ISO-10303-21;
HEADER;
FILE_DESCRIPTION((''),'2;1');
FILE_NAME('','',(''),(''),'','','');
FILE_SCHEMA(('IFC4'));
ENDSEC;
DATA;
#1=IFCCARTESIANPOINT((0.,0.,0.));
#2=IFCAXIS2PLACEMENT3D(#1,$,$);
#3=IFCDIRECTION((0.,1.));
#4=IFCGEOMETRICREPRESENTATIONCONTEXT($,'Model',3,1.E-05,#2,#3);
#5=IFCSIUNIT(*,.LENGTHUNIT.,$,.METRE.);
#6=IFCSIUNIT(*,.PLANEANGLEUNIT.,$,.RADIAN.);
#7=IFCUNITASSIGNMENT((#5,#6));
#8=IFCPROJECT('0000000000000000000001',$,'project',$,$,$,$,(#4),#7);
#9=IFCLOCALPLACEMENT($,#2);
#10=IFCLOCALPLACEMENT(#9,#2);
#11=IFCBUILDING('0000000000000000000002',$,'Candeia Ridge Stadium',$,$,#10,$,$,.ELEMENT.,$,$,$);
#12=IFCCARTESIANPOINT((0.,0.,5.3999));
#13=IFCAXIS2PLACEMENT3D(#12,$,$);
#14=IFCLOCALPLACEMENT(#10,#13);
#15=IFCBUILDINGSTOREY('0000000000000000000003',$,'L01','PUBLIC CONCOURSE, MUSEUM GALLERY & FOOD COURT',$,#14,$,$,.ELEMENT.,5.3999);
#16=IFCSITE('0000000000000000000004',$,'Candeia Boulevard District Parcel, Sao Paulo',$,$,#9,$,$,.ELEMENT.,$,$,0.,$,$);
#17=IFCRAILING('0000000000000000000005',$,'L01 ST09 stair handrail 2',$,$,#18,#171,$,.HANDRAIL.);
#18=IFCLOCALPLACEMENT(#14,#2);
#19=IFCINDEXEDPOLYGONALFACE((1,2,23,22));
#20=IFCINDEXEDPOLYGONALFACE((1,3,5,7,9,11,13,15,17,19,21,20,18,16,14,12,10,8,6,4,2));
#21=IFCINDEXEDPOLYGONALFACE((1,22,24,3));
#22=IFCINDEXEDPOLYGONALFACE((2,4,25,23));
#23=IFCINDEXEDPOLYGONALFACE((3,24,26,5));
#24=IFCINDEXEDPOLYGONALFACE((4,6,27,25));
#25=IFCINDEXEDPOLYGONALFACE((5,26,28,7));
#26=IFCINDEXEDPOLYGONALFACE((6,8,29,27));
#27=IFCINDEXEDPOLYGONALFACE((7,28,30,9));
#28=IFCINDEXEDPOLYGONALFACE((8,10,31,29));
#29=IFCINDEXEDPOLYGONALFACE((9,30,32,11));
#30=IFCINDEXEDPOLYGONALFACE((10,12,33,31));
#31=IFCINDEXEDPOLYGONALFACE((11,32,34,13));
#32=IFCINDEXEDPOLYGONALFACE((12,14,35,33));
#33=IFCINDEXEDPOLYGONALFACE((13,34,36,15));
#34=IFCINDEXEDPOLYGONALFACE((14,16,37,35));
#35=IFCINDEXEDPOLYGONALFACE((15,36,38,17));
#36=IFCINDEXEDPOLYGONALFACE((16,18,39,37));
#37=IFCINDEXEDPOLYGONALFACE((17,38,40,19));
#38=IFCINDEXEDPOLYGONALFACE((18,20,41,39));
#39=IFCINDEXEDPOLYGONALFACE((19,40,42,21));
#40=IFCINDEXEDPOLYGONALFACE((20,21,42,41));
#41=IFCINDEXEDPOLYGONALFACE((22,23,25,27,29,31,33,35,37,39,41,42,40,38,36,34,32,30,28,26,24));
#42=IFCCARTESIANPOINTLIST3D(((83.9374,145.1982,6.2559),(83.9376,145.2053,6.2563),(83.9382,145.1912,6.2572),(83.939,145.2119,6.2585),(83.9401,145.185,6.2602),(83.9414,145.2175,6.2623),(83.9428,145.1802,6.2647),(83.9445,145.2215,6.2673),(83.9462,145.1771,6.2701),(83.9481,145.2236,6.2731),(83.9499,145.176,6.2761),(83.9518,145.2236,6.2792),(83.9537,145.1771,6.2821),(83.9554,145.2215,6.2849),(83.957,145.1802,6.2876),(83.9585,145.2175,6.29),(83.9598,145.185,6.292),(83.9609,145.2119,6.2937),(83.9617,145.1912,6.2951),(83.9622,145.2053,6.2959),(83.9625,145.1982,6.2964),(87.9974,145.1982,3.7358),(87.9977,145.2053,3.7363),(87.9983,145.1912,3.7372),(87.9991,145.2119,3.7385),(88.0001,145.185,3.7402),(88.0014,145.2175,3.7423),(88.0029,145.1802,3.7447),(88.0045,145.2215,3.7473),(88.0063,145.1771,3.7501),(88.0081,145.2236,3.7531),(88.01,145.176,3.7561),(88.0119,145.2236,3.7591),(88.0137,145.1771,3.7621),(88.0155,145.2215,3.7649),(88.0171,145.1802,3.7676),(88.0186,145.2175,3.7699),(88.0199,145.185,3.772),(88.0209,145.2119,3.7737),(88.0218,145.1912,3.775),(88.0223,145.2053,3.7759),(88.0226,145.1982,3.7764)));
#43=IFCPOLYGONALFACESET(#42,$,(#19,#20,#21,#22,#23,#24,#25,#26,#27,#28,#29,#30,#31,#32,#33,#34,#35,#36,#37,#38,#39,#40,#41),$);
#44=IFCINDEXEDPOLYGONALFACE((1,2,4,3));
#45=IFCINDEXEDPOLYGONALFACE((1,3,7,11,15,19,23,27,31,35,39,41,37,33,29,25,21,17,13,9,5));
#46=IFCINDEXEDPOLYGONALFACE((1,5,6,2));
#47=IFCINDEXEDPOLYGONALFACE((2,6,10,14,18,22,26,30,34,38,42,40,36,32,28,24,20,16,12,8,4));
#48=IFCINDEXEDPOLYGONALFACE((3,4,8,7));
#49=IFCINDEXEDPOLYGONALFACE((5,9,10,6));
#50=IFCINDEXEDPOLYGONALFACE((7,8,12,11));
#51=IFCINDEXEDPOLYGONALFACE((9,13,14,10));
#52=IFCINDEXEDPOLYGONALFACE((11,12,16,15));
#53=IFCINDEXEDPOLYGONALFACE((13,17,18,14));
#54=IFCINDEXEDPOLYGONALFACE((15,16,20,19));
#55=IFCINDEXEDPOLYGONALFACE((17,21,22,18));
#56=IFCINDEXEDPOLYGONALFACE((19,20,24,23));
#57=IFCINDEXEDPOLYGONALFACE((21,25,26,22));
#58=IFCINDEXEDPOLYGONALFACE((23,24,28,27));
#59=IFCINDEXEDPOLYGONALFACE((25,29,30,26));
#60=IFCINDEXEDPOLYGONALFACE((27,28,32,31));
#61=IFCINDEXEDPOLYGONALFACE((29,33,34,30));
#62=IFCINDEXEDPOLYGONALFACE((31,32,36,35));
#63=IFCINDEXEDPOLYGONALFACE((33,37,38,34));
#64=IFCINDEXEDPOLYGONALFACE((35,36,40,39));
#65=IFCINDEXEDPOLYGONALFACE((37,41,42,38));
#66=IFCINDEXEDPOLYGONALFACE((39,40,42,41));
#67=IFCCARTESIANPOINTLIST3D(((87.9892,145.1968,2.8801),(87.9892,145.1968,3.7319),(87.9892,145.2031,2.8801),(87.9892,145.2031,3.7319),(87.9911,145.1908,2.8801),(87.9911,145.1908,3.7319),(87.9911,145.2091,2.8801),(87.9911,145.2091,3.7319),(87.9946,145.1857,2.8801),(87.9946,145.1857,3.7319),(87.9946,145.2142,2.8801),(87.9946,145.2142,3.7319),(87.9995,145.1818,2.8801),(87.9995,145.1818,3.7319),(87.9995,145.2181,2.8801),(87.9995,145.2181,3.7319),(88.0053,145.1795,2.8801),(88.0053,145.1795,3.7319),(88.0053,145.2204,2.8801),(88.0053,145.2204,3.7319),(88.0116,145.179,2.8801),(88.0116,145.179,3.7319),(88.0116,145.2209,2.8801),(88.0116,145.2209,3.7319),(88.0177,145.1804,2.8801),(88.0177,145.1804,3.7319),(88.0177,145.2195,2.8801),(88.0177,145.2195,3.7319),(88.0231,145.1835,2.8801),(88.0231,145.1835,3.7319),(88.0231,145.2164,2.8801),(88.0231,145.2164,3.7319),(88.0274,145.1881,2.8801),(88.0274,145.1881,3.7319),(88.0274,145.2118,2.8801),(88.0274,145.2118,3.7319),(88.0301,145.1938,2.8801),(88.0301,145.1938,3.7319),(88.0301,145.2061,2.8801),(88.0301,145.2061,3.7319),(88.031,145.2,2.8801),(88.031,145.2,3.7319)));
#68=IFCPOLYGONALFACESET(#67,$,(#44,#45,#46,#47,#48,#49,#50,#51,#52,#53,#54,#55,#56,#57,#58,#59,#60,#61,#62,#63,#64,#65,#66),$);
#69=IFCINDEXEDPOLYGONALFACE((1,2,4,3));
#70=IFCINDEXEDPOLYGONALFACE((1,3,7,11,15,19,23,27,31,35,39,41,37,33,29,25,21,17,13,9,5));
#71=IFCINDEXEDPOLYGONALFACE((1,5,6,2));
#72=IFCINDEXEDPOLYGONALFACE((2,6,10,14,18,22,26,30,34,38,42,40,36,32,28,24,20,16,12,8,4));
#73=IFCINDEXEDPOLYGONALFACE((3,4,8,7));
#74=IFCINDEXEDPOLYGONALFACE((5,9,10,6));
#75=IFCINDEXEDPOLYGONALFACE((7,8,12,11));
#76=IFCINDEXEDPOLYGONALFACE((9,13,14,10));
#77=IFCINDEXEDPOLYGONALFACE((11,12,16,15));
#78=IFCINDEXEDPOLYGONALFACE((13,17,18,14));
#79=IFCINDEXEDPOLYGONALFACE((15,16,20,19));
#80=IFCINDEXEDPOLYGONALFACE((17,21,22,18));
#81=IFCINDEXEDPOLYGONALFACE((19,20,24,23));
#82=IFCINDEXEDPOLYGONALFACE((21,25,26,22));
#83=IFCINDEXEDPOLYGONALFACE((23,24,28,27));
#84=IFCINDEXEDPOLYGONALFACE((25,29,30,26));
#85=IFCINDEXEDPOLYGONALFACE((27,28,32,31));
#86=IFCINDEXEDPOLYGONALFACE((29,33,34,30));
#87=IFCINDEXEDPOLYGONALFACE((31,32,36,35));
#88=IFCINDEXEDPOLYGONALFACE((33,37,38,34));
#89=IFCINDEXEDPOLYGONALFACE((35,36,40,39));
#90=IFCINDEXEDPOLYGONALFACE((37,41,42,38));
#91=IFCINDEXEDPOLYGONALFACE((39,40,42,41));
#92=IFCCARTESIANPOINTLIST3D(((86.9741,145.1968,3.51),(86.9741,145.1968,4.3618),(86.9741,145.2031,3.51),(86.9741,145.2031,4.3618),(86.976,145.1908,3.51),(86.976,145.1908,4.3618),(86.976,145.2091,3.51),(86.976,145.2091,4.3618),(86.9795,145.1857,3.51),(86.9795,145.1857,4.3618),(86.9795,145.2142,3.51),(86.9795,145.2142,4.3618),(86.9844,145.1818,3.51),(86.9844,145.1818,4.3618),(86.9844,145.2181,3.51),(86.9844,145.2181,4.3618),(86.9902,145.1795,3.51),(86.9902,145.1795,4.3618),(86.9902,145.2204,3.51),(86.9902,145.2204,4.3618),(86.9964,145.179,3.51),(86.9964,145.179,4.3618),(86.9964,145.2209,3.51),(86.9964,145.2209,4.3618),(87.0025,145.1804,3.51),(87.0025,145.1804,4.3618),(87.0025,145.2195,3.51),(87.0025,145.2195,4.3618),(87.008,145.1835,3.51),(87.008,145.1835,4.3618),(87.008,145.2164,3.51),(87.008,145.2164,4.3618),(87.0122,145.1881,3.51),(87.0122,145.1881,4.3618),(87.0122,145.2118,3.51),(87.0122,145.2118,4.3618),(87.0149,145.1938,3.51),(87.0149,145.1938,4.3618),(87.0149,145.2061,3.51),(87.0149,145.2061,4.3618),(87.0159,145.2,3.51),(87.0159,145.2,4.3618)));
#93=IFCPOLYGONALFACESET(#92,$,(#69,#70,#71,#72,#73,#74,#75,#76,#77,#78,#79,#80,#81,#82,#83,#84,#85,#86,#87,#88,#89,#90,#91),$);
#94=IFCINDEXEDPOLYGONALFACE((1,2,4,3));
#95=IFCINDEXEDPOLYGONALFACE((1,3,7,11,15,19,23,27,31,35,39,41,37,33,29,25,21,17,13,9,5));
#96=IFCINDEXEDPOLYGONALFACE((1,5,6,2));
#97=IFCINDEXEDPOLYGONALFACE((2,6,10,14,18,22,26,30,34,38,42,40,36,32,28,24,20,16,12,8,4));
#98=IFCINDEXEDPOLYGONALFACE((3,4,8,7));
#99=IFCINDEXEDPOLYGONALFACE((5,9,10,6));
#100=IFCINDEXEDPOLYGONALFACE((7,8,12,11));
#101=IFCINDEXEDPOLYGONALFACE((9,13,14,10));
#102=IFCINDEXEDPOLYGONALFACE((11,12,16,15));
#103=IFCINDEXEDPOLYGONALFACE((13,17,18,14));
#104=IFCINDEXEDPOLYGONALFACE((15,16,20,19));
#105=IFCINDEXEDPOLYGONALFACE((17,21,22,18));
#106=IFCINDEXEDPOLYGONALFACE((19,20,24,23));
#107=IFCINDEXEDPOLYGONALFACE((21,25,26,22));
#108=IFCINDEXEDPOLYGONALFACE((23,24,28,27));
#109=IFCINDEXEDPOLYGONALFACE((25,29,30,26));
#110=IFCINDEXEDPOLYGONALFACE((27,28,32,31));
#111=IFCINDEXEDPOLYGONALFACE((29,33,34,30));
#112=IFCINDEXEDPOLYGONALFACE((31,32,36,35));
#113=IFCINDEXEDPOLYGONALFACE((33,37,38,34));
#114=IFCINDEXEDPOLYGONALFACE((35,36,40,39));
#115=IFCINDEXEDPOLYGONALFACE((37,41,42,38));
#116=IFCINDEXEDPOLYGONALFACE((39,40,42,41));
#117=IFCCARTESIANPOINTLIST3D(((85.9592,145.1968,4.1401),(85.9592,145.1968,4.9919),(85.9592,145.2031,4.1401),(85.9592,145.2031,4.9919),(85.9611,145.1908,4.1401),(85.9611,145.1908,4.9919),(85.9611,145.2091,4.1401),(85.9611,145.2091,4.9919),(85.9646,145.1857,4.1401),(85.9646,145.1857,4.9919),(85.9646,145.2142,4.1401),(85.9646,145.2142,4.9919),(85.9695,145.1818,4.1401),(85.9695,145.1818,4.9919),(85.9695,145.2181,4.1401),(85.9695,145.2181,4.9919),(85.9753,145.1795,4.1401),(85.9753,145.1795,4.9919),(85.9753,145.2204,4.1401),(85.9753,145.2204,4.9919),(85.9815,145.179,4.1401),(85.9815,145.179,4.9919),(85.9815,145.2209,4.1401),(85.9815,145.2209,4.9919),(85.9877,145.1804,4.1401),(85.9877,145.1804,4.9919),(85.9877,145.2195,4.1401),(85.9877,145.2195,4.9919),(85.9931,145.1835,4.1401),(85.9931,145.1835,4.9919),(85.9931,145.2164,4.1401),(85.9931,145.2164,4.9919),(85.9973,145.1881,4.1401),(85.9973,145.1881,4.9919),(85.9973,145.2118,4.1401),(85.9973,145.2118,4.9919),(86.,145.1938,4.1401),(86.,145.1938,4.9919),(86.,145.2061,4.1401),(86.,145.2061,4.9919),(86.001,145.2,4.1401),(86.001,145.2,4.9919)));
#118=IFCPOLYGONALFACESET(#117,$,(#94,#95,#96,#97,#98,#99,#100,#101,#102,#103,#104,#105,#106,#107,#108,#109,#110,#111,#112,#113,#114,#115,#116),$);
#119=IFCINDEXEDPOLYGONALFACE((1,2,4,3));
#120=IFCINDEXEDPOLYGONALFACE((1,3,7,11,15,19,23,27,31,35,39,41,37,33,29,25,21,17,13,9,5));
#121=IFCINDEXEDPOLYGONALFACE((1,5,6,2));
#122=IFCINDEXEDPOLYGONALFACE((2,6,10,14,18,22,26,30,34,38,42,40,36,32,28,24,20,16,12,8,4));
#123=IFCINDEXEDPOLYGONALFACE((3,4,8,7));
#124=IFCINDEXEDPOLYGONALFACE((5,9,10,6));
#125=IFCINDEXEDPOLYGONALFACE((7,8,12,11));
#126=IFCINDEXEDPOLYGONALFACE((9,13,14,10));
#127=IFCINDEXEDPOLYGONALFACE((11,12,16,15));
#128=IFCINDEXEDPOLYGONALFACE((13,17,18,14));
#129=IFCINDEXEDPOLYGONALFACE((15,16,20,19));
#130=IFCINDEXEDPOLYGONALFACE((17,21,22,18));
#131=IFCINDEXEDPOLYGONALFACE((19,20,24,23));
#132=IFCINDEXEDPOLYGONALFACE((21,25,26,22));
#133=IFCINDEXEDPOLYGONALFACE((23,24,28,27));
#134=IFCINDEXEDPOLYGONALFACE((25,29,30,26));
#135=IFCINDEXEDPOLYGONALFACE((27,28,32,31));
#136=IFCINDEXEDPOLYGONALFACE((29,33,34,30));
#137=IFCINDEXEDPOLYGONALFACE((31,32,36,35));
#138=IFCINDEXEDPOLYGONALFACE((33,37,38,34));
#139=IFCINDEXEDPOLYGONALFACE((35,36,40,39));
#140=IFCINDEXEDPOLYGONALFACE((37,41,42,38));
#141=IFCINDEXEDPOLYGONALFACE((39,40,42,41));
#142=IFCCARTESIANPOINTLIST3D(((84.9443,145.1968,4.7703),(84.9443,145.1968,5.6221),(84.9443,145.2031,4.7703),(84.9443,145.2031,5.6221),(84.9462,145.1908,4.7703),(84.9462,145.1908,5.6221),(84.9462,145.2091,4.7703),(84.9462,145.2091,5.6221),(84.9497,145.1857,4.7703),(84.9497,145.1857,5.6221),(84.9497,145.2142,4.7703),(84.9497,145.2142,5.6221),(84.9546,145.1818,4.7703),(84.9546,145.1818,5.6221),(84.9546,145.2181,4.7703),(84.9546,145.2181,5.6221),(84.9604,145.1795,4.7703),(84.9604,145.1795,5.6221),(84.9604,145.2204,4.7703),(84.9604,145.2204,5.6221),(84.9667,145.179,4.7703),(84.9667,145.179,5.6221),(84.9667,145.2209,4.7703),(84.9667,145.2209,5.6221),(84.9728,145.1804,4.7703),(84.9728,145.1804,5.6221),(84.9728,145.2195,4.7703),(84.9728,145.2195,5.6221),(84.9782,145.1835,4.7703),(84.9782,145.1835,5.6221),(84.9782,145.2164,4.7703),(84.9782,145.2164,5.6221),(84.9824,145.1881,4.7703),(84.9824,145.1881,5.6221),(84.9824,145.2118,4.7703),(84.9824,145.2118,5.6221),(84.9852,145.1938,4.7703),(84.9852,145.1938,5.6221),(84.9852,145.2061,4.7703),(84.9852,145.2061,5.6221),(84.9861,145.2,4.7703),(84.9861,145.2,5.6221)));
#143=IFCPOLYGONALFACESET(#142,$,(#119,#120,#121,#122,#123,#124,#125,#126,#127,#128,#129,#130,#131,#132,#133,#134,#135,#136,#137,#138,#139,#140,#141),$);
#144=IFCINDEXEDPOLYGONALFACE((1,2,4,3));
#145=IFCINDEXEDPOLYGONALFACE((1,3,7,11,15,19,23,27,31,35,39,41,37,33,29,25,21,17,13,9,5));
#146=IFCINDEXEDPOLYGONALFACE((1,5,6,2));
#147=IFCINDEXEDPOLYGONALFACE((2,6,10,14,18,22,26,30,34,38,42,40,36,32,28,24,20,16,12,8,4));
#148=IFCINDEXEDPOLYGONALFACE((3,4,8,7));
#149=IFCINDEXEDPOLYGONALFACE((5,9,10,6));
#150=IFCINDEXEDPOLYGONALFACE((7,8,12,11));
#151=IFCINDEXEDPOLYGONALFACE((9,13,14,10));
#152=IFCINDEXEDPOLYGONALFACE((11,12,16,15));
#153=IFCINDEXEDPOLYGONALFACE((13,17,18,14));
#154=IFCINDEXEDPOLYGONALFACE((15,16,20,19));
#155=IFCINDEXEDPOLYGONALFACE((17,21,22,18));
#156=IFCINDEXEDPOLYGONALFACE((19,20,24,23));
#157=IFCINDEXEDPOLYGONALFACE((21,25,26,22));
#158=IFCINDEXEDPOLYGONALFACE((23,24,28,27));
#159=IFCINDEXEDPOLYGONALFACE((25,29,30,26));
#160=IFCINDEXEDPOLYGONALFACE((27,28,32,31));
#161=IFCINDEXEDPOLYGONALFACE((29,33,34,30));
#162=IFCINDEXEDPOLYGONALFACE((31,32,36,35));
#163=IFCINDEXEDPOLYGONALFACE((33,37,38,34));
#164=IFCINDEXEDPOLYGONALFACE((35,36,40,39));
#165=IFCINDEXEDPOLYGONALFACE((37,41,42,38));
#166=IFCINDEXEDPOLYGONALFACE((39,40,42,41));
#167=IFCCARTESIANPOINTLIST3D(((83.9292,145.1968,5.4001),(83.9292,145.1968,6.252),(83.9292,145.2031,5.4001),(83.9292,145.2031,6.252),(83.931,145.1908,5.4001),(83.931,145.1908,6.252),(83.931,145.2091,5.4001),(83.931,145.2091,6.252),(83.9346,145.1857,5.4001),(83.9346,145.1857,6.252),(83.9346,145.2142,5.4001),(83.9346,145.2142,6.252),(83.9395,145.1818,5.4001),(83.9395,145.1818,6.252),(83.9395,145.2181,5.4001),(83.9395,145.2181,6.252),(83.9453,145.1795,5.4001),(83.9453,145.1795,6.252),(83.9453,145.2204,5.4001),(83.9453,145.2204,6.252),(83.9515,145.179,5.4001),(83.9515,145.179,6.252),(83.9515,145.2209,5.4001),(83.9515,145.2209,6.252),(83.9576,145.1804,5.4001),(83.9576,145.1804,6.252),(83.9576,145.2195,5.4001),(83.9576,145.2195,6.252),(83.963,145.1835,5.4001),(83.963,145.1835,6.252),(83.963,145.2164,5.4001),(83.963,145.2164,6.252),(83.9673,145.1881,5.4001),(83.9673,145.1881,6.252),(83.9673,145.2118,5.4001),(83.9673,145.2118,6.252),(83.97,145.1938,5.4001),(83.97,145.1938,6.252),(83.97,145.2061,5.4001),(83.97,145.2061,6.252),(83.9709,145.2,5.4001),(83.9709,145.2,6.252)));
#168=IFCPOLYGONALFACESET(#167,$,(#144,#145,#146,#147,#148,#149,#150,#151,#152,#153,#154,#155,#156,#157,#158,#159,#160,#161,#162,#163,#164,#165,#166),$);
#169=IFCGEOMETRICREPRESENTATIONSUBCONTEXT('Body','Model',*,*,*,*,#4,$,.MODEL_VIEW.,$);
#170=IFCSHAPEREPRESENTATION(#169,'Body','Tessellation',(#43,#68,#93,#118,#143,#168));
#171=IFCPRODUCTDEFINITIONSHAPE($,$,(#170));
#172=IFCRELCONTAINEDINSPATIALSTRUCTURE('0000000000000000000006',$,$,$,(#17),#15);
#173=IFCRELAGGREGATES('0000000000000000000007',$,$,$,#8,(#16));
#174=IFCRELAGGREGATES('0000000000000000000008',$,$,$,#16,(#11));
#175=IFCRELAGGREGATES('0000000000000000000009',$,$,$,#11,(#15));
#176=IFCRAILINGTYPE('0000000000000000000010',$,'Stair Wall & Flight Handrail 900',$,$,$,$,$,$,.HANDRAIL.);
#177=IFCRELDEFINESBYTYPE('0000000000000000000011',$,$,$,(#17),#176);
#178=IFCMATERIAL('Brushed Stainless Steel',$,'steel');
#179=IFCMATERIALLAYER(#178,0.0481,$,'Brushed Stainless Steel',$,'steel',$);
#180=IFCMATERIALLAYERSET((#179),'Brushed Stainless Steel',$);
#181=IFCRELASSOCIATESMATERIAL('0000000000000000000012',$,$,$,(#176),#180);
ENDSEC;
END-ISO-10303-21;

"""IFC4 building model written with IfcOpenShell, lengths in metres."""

from ifc_helpers import new_model, si_unit, direction, frame, origin, origin_2d, place, context, subcontext, project, spatial, circle, extrude, material, layer, layer_set, type_object, element, save


model = new_model("IFC4")

# Units and contexts
model_context = context("Model", 3, precision=1e-05, world=origin(), true_north=direction((0.0, 1.0)))
body_context = subcontext(model_context, "Body", "Model", "MODEL_VIEW")
ifc_project = project(units=[si_unit("LENGTHUNIT", "METRE"), si_unit("PLANEANGLEUNIT", "RADIAN")], contexts=[model_context])

# Site, building, storey
site_placement = place(None, origin())
site = spatial("IfcSite", under=ifc_project, at=site_placement, Name="Candeia Boulevard District Parcel, Sao Paulo", CompositionType="ELEMENT", RefElevation=0.0)
building_placement = place(site_placement, origin())
building = spatial("IfcBuilding", under=site, at=building_placement, Name="Candeia Ridge Stadium", CompositionType="ELEMENT")
storey_placement = place(building_placement, frame((0.0, 0.0, 5.3999)))
storey = spatial("IfcBuildingStorey", under=building, at=storey_placement, Name="L01", Description="PUBLIC CONCOURSE, MUSEUM GALLERY & FOOD COURT", CompositionType="ELEMENT", Elevation=5.3999)

# Shared definitions
ifc_material_1 = material(Name="Brushed Stainless Steel", Category="steel")

# Railing
ifc_layer_1 = layer(ifc_material_1, 0.0481, Name="Brushed Stainless Steel", Category="steel")
ifc_layer_set_1 = layer_set([ifc_layer_1], Name="Brushed Stainless Steel")
railing_type_1 = type_object("IfcRailingType", Name="Stair Wall & Flight Handrail 900", PredefinedType="HANDRAIL", material=ifc_layer_set_1)
railing_1_placement = place(storey_placement, frame((88.01, 145.2, 2.8801)))
element("IfcRailing", 1, at=railing_1_placement, inside=storey, type_object=railing_type_1, Name="L01 ST09 stair handrail 2", PredefinedType="HANDRAIL", context=body_context, shape_type="SweptSolid", body=[
    extrude(circle(Radius=0.0239, at=origin_2d()), frame((0.0, 0.0, 0.876), z_axis=(-0.849642, 0.0, 0.52736), x_axis=(0.0, -1.0, 0.0)), (0.0, 0.0, 1.0), 4.7786),
    extrude(circle(Radius=0.021, at=origin_2d()), origin(), (0.0, 0.0, 1.0), 0.8518),
    extrude(circle(Radius=0.021, at=origin_2d()), frame((-1.0151, 0.0, 0.6299)), (0.0, 0.0, 1.0), 0.8518),
    extrude(circle(Radius=0.021, at=origin_2d()), frame((-2.03, 0.0, 1.26)), (0.0, 0.0, 1.0), 0.8518),
    extrude(circle(Radius=0.021, at=origin_2d()), frame((-3.0449, 0.0, 1.8901)), (0.0, 0.0, 1.0), 0.8518),
    extrude(circle(Radius=0.021, at=origin_2d()), frame((-4.0601, 0.0, 2.52)), (0.0, 0.0, 1.0), 0.8518),
])

save(model, "model.ifc")
